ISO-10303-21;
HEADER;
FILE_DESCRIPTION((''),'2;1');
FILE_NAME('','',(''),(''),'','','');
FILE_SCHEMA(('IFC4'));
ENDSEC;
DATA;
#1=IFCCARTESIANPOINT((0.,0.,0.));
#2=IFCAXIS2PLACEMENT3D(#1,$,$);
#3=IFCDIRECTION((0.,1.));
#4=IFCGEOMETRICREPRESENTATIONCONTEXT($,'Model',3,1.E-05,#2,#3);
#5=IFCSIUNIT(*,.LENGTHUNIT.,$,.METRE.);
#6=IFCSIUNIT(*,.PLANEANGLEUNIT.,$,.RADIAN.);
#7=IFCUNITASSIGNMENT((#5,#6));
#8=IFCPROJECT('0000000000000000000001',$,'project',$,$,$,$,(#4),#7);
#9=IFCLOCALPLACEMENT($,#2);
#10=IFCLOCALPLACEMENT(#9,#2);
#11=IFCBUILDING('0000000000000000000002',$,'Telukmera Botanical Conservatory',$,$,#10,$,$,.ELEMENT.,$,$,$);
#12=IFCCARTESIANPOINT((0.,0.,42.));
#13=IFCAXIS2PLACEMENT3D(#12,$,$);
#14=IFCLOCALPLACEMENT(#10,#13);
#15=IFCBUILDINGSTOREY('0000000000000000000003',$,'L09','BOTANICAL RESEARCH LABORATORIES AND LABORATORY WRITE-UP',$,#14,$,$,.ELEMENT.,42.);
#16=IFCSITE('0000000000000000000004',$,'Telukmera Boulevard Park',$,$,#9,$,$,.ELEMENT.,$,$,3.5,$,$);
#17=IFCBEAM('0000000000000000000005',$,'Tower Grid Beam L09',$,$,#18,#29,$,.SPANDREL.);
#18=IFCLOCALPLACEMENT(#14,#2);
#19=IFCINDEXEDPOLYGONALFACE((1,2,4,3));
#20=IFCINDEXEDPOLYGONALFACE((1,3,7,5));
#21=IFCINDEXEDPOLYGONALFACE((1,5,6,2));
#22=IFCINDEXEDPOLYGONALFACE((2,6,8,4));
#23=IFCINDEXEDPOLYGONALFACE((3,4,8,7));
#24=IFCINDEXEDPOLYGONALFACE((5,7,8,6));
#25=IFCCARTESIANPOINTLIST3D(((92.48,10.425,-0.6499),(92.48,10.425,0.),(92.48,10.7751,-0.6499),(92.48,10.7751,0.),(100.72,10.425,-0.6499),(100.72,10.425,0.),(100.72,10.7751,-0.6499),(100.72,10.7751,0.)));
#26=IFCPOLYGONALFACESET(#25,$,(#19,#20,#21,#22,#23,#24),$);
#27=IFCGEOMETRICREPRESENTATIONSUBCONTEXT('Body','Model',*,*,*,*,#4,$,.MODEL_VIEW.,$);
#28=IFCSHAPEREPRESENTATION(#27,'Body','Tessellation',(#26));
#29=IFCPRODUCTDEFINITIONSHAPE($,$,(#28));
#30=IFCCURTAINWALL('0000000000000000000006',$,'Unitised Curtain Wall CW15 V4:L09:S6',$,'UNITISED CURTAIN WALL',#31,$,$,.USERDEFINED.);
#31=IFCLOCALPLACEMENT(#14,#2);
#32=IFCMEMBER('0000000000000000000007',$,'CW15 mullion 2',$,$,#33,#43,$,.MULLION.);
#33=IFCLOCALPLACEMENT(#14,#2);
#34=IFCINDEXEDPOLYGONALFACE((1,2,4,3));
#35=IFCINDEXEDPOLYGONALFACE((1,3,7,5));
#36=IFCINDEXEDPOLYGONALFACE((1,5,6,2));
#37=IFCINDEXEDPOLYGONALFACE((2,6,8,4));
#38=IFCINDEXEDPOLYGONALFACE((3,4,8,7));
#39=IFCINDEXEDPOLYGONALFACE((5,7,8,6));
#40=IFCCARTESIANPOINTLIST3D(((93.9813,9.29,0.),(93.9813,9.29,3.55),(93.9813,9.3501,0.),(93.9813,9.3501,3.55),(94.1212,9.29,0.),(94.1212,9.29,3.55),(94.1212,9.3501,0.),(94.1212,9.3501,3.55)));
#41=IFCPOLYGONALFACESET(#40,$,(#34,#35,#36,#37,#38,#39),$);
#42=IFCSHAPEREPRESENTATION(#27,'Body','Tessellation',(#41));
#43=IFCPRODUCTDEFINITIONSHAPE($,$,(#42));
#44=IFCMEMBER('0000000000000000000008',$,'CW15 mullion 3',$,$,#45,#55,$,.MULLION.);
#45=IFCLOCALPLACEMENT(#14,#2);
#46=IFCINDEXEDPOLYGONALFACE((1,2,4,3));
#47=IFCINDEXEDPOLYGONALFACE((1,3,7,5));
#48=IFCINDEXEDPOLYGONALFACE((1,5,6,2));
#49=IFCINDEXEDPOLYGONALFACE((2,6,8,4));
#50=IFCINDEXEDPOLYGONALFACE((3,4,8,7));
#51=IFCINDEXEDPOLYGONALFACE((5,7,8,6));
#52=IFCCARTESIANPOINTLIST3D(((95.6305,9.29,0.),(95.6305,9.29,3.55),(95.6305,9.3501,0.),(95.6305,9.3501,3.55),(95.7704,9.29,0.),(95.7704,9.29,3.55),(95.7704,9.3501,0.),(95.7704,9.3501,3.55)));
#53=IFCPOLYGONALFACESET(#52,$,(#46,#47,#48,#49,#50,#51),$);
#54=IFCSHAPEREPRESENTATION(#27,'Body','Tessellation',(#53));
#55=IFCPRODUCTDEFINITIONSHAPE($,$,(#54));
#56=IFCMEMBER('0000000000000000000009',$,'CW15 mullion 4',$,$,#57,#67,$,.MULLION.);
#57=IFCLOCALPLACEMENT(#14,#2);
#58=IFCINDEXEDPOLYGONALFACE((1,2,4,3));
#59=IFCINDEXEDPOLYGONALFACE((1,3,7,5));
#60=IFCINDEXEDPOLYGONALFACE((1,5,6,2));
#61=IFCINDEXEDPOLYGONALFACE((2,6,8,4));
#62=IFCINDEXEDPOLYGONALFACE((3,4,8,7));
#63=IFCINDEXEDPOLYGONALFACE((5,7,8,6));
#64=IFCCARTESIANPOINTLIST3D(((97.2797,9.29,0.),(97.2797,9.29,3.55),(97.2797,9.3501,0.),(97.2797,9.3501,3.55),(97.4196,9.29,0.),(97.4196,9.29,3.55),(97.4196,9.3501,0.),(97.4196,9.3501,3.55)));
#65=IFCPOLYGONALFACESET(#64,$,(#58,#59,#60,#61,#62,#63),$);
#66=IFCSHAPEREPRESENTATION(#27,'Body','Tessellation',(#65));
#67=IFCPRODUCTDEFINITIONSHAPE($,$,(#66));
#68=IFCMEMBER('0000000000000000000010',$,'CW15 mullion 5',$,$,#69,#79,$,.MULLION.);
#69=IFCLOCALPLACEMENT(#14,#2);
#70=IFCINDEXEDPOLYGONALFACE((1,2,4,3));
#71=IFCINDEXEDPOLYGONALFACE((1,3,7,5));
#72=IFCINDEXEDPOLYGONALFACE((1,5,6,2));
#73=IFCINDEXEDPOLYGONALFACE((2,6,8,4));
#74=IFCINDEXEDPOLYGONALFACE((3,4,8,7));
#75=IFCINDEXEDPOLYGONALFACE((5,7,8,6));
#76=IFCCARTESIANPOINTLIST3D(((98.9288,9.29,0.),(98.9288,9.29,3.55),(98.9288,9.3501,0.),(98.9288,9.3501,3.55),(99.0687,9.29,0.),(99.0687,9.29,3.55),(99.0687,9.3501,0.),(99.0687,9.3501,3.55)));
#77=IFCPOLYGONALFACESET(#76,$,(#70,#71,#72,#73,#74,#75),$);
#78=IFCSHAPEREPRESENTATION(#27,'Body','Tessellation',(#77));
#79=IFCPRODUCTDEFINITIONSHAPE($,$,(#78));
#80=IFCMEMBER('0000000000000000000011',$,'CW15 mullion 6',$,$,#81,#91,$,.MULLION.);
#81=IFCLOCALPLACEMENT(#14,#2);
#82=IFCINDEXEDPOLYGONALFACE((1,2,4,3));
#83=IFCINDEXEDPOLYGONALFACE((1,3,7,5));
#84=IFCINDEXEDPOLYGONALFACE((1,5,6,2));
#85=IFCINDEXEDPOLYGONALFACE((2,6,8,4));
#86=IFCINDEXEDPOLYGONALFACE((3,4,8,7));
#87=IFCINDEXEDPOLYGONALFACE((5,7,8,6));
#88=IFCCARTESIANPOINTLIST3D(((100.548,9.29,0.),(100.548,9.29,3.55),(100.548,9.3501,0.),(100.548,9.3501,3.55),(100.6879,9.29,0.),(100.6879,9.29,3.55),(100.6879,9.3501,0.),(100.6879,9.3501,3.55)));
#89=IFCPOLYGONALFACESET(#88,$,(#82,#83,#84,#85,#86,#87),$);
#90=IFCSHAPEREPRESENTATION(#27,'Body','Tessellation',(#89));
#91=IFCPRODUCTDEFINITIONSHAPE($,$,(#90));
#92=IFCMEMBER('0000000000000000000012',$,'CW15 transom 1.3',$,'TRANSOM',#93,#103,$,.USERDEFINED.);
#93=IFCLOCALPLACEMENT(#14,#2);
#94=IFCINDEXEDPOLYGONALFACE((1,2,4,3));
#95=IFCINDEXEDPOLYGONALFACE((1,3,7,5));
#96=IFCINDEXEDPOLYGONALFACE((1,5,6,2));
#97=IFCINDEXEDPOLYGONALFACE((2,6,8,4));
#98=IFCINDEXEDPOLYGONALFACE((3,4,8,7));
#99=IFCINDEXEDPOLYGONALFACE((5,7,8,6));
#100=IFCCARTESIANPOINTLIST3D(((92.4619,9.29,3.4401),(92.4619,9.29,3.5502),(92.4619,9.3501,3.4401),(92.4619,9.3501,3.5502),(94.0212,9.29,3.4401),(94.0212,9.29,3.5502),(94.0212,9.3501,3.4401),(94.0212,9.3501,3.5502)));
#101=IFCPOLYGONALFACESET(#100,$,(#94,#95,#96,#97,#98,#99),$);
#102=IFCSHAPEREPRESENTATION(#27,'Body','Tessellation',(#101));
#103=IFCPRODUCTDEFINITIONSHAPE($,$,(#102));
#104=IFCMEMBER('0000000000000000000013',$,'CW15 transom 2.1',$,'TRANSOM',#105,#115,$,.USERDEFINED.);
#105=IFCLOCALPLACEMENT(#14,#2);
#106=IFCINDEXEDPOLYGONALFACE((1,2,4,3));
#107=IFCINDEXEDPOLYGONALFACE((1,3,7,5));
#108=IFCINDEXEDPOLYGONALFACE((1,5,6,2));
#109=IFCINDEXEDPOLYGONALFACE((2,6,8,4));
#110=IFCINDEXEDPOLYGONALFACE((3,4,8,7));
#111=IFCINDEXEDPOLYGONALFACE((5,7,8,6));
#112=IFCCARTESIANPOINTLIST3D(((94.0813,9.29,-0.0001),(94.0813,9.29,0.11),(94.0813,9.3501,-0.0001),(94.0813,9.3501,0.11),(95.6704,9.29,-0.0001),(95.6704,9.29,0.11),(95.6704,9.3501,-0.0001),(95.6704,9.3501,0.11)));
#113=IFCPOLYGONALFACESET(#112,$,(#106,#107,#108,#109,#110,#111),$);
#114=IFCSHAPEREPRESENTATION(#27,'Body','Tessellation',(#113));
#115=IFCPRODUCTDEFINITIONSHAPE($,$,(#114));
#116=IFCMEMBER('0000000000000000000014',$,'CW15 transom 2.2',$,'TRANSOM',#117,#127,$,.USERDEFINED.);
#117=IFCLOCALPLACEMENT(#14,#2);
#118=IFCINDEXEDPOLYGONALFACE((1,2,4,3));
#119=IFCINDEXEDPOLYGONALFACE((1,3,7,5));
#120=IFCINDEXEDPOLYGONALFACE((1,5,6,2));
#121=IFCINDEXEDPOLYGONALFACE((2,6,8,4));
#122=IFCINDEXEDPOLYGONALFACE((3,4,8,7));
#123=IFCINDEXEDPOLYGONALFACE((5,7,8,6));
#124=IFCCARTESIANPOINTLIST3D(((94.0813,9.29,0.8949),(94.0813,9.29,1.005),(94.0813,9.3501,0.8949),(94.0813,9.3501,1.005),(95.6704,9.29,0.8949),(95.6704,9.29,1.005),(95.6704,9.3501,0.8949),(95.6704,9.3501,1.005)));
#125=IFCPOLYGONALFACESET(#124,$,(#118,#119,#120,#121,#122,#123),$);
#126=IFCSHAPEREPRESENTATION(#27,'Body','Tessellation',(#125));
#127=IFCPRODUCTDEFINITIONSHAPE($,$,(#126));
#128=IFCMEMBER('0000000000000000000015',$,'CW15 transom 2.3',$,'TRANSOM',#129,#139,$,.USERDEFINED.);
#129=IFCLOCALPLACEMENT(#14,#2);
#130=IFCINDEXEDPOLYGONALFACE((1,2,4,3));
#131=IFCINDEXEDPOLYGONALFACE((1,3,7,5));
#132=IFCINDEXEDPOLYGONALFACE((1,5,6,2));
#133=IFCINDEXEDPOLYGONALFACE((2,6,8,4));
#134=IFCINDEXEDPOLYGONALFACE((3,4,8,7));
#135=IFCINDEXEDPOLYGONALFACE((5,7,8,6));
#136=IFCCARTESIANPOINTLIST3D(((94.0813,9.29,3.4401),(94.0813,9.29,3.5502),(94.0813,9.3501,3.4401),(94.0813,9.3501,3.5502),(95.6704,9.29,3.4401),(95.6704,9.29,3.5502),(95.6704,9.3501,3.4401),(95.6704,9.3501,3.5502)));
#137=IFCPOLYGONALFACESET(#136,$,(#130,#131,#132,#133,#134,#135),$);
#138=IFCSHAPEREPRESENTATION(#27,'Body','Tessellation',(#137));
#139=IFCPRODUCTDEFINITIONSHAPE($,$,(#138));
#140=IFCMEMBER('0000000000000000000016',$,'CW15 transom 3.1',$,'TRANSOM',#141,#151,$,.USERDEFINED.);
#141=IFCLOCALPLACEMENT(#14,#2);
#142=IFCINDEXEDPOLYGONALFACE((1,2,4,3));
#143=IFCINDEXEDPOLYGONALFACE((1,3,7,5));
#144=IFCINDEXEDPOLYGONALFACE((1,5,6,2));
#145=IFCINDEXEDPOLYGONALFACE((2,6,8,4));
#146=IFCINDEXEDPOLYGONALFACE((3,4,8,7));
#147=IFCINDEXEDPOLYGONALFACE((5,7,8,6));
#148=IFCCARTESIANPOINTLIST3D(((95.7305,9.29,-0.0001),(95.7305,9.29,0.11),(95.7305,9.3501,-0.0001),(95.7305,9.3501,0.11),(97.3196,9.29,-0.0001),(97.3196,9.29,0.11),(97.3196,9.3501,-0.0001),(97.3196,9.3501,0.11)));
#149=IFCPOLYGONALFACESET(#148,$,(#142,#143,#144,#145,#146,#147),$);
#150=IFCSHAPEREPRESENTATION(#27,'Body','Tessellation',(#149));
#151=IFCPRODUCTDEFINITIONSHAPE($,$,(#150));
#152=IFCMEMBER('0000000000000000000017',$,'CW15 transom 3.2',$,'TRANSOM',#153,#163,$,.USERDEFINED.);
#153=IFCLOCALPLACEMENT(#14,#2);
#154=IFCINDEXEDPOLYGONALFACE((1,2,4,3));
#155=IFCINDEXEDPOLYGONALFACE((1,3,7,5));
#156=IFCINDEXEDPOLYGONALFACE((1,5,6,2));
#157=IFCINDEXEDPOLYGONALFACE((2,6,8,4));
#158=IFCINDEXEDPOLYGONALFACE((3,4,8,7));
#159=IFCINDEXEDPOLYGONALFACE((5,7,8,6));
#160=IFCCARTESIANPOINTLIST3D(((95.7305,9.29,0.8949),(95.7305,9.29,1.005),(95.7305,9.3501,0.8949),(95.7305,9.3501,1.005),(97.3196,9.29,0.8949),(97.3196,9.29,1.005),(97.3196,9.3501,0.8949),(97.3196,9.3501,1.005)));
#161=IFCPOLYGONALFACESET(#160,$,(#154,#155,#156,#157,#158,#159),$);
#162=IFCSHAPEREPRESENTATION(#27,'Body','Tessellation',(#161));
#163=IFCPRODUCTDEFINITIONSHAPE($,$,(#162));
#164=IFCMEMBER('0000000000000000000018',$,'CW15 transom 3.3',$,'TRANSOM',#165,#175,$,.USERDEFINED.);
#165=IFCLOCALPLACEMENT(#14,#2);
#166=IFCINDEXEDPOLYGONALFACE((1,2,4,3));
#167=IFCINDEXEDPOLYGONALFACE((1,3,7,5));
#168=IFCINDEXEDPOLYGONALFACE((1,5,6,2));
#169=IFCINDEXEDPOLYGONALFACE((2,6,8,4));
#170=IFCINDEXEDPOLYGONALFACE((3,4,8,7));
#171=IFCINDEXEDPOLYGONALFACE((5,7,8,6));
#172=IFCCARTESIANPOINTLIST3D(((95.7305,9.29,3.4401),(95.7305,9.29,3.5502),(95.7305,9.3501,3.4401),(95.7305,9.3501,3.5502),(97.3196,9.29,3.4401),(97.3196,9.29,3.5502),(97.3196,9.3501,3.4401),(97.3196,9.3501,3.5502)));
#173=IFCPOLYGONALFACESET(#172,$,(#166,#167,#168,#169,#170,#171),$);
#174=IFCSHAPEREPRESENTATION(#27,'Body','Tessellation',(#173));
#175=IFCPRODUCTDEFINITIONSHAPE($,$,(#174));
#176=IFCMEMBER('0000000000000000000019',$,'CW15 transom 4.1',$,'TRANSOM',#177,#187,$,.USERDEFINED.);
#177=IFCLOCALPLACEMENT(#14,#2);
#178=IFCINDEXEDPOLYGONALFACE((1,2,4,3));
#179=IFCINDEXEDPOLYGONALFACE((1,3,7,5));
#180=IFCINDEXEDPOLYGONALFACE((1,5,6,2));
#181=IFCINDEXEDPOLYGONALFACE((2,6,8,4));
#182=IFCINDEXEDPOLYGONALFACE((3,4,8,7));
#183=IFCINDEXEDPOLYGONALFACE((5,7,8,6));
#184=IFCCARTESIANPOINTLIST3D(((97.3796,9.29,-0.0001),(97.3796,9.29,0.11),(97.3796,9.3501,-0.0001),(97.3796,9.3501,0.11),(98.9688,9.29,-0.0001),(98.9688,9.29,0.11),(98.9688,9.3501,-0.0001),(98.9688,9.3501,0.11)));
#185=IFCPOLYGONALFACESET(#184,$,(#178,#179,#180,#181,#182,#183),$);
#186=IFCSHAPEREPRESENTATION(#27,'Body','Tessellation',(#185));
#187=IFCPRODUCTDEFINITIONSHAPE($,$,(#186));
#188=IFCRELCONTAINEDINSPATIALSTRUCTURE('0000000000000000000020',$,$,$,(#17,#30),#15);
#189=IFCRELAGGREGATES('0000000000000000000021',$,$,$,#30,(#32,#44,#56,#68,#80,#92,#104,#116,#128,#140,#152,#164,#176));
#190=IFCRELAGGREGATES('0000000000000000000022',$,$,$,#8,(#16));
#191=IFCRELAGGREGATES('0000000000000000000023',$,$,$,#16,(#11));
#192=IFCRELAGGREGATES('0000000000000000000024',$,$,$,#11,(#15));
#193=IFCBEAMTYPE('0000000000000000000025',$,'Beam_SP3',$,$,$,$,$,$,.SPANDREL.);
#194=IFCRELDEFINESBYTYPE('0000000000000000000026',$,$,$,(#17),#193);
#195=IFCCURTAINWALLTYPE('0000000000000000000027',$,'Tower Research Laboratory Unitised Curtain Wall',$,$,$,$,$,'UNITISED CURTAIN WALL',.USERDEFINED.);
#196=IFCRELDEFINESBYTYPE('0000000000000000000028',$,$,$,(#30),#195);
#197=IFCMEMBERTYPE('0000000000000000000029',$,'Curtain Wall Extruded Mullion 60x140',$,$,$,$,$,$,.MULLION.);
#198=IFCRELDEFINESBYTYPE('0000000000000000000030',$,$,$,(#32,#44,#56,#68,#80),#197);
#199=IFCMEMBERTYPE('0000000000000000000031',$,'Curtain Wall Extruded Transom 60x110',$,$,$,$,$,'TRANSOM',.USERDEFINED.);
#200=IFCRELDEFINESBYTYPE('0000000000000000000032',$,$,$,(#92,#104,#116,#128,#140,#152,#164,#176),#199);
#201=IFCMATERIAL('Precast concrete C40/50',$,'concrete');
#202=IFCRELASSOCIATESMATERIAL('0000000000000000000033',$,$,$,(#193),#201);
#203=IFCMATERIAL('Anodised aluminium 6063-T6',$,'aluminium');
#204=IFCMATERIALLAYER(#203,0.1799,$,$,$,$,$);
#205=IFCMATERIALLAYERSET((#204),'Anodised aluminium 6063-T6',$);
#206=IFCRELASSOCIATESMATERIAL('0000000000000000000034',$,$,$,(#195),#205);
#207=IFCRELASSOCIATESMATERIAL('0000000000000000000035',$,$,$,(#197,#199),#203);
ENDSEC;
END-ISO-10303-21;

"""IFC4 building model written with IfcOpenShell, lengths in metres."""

from ifc_helpers import new_model, si_unit, direction, frame, origin, origin_2d, place, context, subcontext, project, spatial, rectangle, extrude, material, layer, layer_set, material_profile, profile_set, type_object, element, aggregate, save


model = new_model("IFC4")

# Units and contexts
model_context = context("Model", 3, precision=1e-05, world=origin(), true_north=direction((0.0, 1.0)))
body_context = subcontext(model_context, "Body", "Model", "MODEL_VIEW")
ifc_project = project(units=[si_unit("LENGTHUNIT", "METRE"), si_unit("PLANEANGLEUNIT", "RADIAN")], contexts=[model_context])

# Site, building, storey
site_placement = place(None, origin())
site = spatial("IfcSite", under=ifc_project, at=site_placement, Name="Telukmera Boulevard Park", CompositionType="ELEMENT", RefElevation=3.5)
building_placement = place(site_placement, origin())
building = spatial("IfcBuilding", under=site, at=building_placement, Name="Telukmera Botanical Conservatory", CompositionType="ELEMENT")
storey_placement = place(building_placement, frame((0.0, 0.0, 42.0)))
storey = spatial("IfcBuildingStorey", under=building, at=storey_placement, Name="L09", Description="BOTANICAL RESEARCH LABORATORIES AND LABORATORY WRITE-UP", CompositionType="ELEMENT", Elevation=42.0)

# Beam
ifc_material_1 = material(Name="Precast concrete C40/50", Category="concrete")
ifc_material_profile_1 = material_profile(ifc_material_1, rectangle(XDim=0.3501, YDim=0.6499, at=origin_2d()), Name="PC 350x650")
ifc_profile_set_1 = profile_set([ifc_material_profile_1], Name="Precast concrete C40/50")
beam_type = type_object("IfcBeamType", Name="Beam_SP3", PredefinedType="SPANDREL", material=ifc_profile_set_1)
beam_placement = place(storey_placement, frame((92.48, 10.6001, -0.325), z_axis=(1.0, 0.0, 0.0), x_axis=(0.0, 1.0, 0.0)))
element("IfcBeam", 1, at=beam_placement, inside=storey, type_object=beam_type, Name="Tower Grid Beam L09", PredefinedType="SPANDREL", context=body_context, shape_type="SweptSolid", body=[
    extrude(rectangle(XDim=0.3501, YDim=0.6499, at=origin_2d()), origin(), (0.0, 0.0, 1.0), 8.24),
])

# Curtain wall, members
ifc_material_2 = material(Name="Anodised aluminium 6063-T6", Category="aluminium")
ifc_layer_1 = layer(ifc_material_2, 0.1799)
ifc_layer_set_1 = layer_set([ifc_layer_1], Name="Anodised aluminium 6063-T6")
curtain_wall_type = type_object("IfcCurtainWallType", Name="Tower Research Laboratory Unitised Curtain Wall", ElementType="UNITISED CURTAIN WALL", PredefinedType="USERDEFINED", material=ifc_layer_set_1)
curtain_wall_placement = place(storey_placement, origin())
curtain_wall = element("IfcCurtainWall", 2, at=curtain_wall_placement, inside=storey, type_object=curtain_wall_type, Name="Unitised Curtain Wall CW15 V4:L09:S6", ObjectType="UNITISED CURTAIN WALL", PredefinedType="USERDEFINED")
ifc_material_profile_2 = material_profile(ifc_material_2, rectangle(XDim=0.0601, YDim=0.1399, at=origin_2d()), Name="ALU MULL 60x140")
ifc_profile_set_2 = profile_set([ifc_material_profile_2], Name="Anodised aluminium 6063-T6")
member_type_1 = type_object("IfcMemberType", Name="Curtain Wall Extruded Mullion 60x140", PredefinedType="MULLION", material=ifc_profile_set_2)
member_1_placement = place(storey_placement, frame((94.0513, 9.3201, 0.0), z_axis=(0.0, 0.0, 1.0), x_axis=(0.0, 1.0, 0.0)))
member_1 = element("IfcMember", 3, at=member_1_placement, type_object=member_type_1, Name="CW15 mullion 2", PredefinedType="MULLION", context=body_context, shape_type="SweptSolid", body=[
    extrude(rectangle(XDim=0.0601, YDim=0.1399, at=origin_2d()), origin(), (0.0, 0.0, 1.0), 3.55),
])
member_2_placement = place(storey_placement, frame((95.7004, 9.3201, 0.0), z_axis=(0.0, 0.0, 1.0), x_axis=(0.0, 1.0, 0.0)))
member_2 = element("IfcMember", 4, at=member_2_placement, type_object=member_type_1, Name="CW15 mullion 3", PredefinedType="MULLION", context=body_context, shape_type="SweptSolid", body=[
    extrude(rectangle(XDim=0.0601, YDim=0.1399, at=origin_2d()), origin(), (0.0, 0.0, 1.0), 3.55),
])
member_3_placement = place(storey_placement, frame((97.3496, 9.3201, 0.0), z_axis=(0.0, 0.0, 1.0), x_axis=(0.0, 1.0, 0.0)))
member_3 = element("IfcMember", 5, at=member_3_placement, type_object=member_type_1, Name="CW15 mullion 4", PredefinedType="MULLION", context=body_context, shape_type="SweptSolid", body=[
    extrude(rectangle(XDim=0.0601, YDim=0.1399, at=origin_2d()), origin(), (0.0, 0.0, 1.0), 3.55),
])
member_4_placement = place(storey_placement, frame((98.9988, 9.3201, 0.0), z_axis=(0.0, 0.0, 1.0), x_axis=(0.0, 1.0, 0.0)))
member_4 = element("IfcMember", 6, at=member_4_placement, type_object=member_type_1, Name="CW15 mullion 5", PredefinedType="MULLION", context=body_context, shape_type="SweptSolid", body=[
    extrude(rectangle(XDim=0.0601, YDim=0.1399, at=origin_2d()), origin(), (0.0, 0.0, 1.0), 3.55),
])
member_5_placement = place(storey_placement, frame((100.6179, 9.3201, 0.0), z_axis=(0.0, 0.0, 1.0), x_axis=(0.0, 1.0, 0.0)))
member_5 = element("IfcMember", 7, at=member_5_placement, type_object=member_type_1, Name="CW15 mullion 6", PredefinedType="MULLION", context=body_context, shape_type="SweptSolid", body=[
    extrude(rectangle(XDim=0.0601, YDim=0.1399, at=origin_2d()), origin(), (0.0, 0.0, 1.0), 3.55),
])
ifc_material_profile_3 = material_profile(ifc_material_2, rectangle(XDim=0.0601, YDim=0.1101, at=origin_2d()), Name="ALU TRAN 60x110")
ifc_profile_set_3 = profile_set([ifc_material_profile_3], Name="Anodised aluminium 6063-T6")
member_type_2 = type_object("IfcMemberType", Name="Curtain Wall Extruded Transom 60x110", ElementType="TRANSOM", PredefinedType="USERDEFINED", material=ifc_profile_set_3)
member_6_placement = place(storey_placement, frame((92.4619, 9.3201, 3.4951), z_axis=(1.0, 0.0, 0.0), x_axis=(0.0, 1.0, 0.0)))
member_6 = element("IfcMember", 8, at=member_6_placement, type_object=member_type_2, Name="CW15 transom 1.3", ObjectType="TRANSOM", PredefinedType="USERDEFINED", context=body_context, shape_type="SweptSolid", body=[
    extrude(rectangle(XDim=0.0601, YDim=0.1101, at=origin_2d()), origin(), (0.0, 0.0, 1.0), 1.5593),
])
member_7_placement = place(storey_placement, frame((94.0813, 9.3201, 0.0549), z_axis=(1.0, 0.0, 0.0), x_axis=(0.0, 1.0, 0.0)))
member_7 = element("IfcMember", 9, at=member_7_placement, type_object=member_type_2, Name="CW15 transom 2.1", ObjectType="TRANSOM", PredefinedType="USERDEFINED", context=body_context, shape_type="SweptSolid", body=[
    extrude(rectangle(XDim=0.0601, YDim=0.1101, at=origin_2d()), origin(), (0.0, 0.0, 1.0), 1.5891),
])
member_8_placement = place(storey_placement, frame((94.0813, 9.3201, 0.95), z_axis=(1.0, 0.0, 0.0), x_axis=(0.0, 1.0, 0.0)))
member_8 = element("IfcMember", 10, at=member_8_placement, type_object=member_type_2, Name="CW15 transom 2.2", ObjectType="TRANSOM", PredefinedType="USERDEFINED", context=body_context, shape_type="SweptSolid", body=[
    extrude(rectangle(XDim=0.0601, YDim=0.1101, at=origin_2d()), origin(), (0.0, 0.0, 1.0), 1.5891),
])
member_9_placement = place(storey_placement, frame((94.0813, 9.3201, 3.4951), z_axis=(1.0, 0.0, 0.0), x_axis=(0.0, 1.0, 0.0)))
member_9 = element("IfcMember", 11, at=member_9_placement, type_object=member_type_2, Name="CW15 transom 2.3", ObjectType="TRANSOM", PredefinedType="USERDEFINED", context=body_context, shape_type="SweptSolid", body=[
    extrude(rectangle(XDim=0.0601, YDim=0.1101, at=origin_2d()), origin(), (0.0, 0.0, 1.0), 1.5891),
])
member_10_placement = place(storey_placement, frame((95.7305, 9.3201, 0.0549), z_axis=(1.0, 0.0, 0.0), x_axis=(0.0, 1.0, 0.0)))
member_10 = element("IfcMember", 12, at=member_10_placement, type_object=member_type_2, Name="CW15 transom 3.1", ObjectType="TRANSOM", PredefinedType="USERDEFINED", context=body_context, shape_type="SweptSolid", body=[
    extrude(rectangle(XDim=0.0601, YDim=0.1101, at=origin_2d()), origin(), (0.0, 0.0, 1.0), 1.5891),
])
member_11_placement = place(storey_placement, frame((95.7305, 9.3201, 0.95), z_axis=(1.0, 0.0, 0.0), x_axis=(0.0, 1.0, 0.0)))
member_11 = element("IfcMember", 13, at=member_11_placement, type_object=member_type_2, Name="CW15 transom 3.2", ObjectType="TRANSOM", PredefinedType="USERDEFINED", context=body_context, shape_type="SweptSolid", body=[
    extrude(rectangle(XDim=0.0601, YDim=0.1101, at=origin_2d()), origin(), (0.0, 0.0, 1.0), 1.5891),
])
member_12_placement = place(storey_placement, frame((95.7305, 9.3201, 3.4951), z_axis=(1.0, 0.0, 0.0), x_axis=(0.0, 1.0, 0.0)))
member_12 = element("IfcMember", 14, at=member_12_placement, type_object=member_type_2, Name="CW15 transom 3.3", ObjectType="TRANSOM", PredefinedType="USERDEFINED", context=body_context, shape_type="SweptSolid", body=[
    extrude(rectangle(XDim=0.0601, YDim=0.1101, at=origin_2d()), origin(), (0.0, 0.0, 1.0), 1.5891),
])
member_13_placement = place(storey_placement, frame((97.3796, 9.3201, 0.0549), z_axis=(1.0, 0.0, 0.0), x_axis=(0.0, 1.0, 0.0)))
member_13 = element("IfcMember", 15, at=member_13_placement, type_object=member_type_2, Name="CW15 transom 4.1", ObjectType="TRANSOM", PredefinedType="USERDEFINED", context=body_context, shape_type="SweptSolid", body=[
    extrude(rectangle(XDim=0.0601, YDim=0.1101, at=origin_2d()), origin(), (0.0, 0.0, 1.0), 1.5891),
])
aggregate(curtain_wall, [member_1, member_2, member_3, member_4, member_5, member_6, member_7, member_8, member_9, member_10, member_11, member_12, member_13])

save(model, "model.ifc")
